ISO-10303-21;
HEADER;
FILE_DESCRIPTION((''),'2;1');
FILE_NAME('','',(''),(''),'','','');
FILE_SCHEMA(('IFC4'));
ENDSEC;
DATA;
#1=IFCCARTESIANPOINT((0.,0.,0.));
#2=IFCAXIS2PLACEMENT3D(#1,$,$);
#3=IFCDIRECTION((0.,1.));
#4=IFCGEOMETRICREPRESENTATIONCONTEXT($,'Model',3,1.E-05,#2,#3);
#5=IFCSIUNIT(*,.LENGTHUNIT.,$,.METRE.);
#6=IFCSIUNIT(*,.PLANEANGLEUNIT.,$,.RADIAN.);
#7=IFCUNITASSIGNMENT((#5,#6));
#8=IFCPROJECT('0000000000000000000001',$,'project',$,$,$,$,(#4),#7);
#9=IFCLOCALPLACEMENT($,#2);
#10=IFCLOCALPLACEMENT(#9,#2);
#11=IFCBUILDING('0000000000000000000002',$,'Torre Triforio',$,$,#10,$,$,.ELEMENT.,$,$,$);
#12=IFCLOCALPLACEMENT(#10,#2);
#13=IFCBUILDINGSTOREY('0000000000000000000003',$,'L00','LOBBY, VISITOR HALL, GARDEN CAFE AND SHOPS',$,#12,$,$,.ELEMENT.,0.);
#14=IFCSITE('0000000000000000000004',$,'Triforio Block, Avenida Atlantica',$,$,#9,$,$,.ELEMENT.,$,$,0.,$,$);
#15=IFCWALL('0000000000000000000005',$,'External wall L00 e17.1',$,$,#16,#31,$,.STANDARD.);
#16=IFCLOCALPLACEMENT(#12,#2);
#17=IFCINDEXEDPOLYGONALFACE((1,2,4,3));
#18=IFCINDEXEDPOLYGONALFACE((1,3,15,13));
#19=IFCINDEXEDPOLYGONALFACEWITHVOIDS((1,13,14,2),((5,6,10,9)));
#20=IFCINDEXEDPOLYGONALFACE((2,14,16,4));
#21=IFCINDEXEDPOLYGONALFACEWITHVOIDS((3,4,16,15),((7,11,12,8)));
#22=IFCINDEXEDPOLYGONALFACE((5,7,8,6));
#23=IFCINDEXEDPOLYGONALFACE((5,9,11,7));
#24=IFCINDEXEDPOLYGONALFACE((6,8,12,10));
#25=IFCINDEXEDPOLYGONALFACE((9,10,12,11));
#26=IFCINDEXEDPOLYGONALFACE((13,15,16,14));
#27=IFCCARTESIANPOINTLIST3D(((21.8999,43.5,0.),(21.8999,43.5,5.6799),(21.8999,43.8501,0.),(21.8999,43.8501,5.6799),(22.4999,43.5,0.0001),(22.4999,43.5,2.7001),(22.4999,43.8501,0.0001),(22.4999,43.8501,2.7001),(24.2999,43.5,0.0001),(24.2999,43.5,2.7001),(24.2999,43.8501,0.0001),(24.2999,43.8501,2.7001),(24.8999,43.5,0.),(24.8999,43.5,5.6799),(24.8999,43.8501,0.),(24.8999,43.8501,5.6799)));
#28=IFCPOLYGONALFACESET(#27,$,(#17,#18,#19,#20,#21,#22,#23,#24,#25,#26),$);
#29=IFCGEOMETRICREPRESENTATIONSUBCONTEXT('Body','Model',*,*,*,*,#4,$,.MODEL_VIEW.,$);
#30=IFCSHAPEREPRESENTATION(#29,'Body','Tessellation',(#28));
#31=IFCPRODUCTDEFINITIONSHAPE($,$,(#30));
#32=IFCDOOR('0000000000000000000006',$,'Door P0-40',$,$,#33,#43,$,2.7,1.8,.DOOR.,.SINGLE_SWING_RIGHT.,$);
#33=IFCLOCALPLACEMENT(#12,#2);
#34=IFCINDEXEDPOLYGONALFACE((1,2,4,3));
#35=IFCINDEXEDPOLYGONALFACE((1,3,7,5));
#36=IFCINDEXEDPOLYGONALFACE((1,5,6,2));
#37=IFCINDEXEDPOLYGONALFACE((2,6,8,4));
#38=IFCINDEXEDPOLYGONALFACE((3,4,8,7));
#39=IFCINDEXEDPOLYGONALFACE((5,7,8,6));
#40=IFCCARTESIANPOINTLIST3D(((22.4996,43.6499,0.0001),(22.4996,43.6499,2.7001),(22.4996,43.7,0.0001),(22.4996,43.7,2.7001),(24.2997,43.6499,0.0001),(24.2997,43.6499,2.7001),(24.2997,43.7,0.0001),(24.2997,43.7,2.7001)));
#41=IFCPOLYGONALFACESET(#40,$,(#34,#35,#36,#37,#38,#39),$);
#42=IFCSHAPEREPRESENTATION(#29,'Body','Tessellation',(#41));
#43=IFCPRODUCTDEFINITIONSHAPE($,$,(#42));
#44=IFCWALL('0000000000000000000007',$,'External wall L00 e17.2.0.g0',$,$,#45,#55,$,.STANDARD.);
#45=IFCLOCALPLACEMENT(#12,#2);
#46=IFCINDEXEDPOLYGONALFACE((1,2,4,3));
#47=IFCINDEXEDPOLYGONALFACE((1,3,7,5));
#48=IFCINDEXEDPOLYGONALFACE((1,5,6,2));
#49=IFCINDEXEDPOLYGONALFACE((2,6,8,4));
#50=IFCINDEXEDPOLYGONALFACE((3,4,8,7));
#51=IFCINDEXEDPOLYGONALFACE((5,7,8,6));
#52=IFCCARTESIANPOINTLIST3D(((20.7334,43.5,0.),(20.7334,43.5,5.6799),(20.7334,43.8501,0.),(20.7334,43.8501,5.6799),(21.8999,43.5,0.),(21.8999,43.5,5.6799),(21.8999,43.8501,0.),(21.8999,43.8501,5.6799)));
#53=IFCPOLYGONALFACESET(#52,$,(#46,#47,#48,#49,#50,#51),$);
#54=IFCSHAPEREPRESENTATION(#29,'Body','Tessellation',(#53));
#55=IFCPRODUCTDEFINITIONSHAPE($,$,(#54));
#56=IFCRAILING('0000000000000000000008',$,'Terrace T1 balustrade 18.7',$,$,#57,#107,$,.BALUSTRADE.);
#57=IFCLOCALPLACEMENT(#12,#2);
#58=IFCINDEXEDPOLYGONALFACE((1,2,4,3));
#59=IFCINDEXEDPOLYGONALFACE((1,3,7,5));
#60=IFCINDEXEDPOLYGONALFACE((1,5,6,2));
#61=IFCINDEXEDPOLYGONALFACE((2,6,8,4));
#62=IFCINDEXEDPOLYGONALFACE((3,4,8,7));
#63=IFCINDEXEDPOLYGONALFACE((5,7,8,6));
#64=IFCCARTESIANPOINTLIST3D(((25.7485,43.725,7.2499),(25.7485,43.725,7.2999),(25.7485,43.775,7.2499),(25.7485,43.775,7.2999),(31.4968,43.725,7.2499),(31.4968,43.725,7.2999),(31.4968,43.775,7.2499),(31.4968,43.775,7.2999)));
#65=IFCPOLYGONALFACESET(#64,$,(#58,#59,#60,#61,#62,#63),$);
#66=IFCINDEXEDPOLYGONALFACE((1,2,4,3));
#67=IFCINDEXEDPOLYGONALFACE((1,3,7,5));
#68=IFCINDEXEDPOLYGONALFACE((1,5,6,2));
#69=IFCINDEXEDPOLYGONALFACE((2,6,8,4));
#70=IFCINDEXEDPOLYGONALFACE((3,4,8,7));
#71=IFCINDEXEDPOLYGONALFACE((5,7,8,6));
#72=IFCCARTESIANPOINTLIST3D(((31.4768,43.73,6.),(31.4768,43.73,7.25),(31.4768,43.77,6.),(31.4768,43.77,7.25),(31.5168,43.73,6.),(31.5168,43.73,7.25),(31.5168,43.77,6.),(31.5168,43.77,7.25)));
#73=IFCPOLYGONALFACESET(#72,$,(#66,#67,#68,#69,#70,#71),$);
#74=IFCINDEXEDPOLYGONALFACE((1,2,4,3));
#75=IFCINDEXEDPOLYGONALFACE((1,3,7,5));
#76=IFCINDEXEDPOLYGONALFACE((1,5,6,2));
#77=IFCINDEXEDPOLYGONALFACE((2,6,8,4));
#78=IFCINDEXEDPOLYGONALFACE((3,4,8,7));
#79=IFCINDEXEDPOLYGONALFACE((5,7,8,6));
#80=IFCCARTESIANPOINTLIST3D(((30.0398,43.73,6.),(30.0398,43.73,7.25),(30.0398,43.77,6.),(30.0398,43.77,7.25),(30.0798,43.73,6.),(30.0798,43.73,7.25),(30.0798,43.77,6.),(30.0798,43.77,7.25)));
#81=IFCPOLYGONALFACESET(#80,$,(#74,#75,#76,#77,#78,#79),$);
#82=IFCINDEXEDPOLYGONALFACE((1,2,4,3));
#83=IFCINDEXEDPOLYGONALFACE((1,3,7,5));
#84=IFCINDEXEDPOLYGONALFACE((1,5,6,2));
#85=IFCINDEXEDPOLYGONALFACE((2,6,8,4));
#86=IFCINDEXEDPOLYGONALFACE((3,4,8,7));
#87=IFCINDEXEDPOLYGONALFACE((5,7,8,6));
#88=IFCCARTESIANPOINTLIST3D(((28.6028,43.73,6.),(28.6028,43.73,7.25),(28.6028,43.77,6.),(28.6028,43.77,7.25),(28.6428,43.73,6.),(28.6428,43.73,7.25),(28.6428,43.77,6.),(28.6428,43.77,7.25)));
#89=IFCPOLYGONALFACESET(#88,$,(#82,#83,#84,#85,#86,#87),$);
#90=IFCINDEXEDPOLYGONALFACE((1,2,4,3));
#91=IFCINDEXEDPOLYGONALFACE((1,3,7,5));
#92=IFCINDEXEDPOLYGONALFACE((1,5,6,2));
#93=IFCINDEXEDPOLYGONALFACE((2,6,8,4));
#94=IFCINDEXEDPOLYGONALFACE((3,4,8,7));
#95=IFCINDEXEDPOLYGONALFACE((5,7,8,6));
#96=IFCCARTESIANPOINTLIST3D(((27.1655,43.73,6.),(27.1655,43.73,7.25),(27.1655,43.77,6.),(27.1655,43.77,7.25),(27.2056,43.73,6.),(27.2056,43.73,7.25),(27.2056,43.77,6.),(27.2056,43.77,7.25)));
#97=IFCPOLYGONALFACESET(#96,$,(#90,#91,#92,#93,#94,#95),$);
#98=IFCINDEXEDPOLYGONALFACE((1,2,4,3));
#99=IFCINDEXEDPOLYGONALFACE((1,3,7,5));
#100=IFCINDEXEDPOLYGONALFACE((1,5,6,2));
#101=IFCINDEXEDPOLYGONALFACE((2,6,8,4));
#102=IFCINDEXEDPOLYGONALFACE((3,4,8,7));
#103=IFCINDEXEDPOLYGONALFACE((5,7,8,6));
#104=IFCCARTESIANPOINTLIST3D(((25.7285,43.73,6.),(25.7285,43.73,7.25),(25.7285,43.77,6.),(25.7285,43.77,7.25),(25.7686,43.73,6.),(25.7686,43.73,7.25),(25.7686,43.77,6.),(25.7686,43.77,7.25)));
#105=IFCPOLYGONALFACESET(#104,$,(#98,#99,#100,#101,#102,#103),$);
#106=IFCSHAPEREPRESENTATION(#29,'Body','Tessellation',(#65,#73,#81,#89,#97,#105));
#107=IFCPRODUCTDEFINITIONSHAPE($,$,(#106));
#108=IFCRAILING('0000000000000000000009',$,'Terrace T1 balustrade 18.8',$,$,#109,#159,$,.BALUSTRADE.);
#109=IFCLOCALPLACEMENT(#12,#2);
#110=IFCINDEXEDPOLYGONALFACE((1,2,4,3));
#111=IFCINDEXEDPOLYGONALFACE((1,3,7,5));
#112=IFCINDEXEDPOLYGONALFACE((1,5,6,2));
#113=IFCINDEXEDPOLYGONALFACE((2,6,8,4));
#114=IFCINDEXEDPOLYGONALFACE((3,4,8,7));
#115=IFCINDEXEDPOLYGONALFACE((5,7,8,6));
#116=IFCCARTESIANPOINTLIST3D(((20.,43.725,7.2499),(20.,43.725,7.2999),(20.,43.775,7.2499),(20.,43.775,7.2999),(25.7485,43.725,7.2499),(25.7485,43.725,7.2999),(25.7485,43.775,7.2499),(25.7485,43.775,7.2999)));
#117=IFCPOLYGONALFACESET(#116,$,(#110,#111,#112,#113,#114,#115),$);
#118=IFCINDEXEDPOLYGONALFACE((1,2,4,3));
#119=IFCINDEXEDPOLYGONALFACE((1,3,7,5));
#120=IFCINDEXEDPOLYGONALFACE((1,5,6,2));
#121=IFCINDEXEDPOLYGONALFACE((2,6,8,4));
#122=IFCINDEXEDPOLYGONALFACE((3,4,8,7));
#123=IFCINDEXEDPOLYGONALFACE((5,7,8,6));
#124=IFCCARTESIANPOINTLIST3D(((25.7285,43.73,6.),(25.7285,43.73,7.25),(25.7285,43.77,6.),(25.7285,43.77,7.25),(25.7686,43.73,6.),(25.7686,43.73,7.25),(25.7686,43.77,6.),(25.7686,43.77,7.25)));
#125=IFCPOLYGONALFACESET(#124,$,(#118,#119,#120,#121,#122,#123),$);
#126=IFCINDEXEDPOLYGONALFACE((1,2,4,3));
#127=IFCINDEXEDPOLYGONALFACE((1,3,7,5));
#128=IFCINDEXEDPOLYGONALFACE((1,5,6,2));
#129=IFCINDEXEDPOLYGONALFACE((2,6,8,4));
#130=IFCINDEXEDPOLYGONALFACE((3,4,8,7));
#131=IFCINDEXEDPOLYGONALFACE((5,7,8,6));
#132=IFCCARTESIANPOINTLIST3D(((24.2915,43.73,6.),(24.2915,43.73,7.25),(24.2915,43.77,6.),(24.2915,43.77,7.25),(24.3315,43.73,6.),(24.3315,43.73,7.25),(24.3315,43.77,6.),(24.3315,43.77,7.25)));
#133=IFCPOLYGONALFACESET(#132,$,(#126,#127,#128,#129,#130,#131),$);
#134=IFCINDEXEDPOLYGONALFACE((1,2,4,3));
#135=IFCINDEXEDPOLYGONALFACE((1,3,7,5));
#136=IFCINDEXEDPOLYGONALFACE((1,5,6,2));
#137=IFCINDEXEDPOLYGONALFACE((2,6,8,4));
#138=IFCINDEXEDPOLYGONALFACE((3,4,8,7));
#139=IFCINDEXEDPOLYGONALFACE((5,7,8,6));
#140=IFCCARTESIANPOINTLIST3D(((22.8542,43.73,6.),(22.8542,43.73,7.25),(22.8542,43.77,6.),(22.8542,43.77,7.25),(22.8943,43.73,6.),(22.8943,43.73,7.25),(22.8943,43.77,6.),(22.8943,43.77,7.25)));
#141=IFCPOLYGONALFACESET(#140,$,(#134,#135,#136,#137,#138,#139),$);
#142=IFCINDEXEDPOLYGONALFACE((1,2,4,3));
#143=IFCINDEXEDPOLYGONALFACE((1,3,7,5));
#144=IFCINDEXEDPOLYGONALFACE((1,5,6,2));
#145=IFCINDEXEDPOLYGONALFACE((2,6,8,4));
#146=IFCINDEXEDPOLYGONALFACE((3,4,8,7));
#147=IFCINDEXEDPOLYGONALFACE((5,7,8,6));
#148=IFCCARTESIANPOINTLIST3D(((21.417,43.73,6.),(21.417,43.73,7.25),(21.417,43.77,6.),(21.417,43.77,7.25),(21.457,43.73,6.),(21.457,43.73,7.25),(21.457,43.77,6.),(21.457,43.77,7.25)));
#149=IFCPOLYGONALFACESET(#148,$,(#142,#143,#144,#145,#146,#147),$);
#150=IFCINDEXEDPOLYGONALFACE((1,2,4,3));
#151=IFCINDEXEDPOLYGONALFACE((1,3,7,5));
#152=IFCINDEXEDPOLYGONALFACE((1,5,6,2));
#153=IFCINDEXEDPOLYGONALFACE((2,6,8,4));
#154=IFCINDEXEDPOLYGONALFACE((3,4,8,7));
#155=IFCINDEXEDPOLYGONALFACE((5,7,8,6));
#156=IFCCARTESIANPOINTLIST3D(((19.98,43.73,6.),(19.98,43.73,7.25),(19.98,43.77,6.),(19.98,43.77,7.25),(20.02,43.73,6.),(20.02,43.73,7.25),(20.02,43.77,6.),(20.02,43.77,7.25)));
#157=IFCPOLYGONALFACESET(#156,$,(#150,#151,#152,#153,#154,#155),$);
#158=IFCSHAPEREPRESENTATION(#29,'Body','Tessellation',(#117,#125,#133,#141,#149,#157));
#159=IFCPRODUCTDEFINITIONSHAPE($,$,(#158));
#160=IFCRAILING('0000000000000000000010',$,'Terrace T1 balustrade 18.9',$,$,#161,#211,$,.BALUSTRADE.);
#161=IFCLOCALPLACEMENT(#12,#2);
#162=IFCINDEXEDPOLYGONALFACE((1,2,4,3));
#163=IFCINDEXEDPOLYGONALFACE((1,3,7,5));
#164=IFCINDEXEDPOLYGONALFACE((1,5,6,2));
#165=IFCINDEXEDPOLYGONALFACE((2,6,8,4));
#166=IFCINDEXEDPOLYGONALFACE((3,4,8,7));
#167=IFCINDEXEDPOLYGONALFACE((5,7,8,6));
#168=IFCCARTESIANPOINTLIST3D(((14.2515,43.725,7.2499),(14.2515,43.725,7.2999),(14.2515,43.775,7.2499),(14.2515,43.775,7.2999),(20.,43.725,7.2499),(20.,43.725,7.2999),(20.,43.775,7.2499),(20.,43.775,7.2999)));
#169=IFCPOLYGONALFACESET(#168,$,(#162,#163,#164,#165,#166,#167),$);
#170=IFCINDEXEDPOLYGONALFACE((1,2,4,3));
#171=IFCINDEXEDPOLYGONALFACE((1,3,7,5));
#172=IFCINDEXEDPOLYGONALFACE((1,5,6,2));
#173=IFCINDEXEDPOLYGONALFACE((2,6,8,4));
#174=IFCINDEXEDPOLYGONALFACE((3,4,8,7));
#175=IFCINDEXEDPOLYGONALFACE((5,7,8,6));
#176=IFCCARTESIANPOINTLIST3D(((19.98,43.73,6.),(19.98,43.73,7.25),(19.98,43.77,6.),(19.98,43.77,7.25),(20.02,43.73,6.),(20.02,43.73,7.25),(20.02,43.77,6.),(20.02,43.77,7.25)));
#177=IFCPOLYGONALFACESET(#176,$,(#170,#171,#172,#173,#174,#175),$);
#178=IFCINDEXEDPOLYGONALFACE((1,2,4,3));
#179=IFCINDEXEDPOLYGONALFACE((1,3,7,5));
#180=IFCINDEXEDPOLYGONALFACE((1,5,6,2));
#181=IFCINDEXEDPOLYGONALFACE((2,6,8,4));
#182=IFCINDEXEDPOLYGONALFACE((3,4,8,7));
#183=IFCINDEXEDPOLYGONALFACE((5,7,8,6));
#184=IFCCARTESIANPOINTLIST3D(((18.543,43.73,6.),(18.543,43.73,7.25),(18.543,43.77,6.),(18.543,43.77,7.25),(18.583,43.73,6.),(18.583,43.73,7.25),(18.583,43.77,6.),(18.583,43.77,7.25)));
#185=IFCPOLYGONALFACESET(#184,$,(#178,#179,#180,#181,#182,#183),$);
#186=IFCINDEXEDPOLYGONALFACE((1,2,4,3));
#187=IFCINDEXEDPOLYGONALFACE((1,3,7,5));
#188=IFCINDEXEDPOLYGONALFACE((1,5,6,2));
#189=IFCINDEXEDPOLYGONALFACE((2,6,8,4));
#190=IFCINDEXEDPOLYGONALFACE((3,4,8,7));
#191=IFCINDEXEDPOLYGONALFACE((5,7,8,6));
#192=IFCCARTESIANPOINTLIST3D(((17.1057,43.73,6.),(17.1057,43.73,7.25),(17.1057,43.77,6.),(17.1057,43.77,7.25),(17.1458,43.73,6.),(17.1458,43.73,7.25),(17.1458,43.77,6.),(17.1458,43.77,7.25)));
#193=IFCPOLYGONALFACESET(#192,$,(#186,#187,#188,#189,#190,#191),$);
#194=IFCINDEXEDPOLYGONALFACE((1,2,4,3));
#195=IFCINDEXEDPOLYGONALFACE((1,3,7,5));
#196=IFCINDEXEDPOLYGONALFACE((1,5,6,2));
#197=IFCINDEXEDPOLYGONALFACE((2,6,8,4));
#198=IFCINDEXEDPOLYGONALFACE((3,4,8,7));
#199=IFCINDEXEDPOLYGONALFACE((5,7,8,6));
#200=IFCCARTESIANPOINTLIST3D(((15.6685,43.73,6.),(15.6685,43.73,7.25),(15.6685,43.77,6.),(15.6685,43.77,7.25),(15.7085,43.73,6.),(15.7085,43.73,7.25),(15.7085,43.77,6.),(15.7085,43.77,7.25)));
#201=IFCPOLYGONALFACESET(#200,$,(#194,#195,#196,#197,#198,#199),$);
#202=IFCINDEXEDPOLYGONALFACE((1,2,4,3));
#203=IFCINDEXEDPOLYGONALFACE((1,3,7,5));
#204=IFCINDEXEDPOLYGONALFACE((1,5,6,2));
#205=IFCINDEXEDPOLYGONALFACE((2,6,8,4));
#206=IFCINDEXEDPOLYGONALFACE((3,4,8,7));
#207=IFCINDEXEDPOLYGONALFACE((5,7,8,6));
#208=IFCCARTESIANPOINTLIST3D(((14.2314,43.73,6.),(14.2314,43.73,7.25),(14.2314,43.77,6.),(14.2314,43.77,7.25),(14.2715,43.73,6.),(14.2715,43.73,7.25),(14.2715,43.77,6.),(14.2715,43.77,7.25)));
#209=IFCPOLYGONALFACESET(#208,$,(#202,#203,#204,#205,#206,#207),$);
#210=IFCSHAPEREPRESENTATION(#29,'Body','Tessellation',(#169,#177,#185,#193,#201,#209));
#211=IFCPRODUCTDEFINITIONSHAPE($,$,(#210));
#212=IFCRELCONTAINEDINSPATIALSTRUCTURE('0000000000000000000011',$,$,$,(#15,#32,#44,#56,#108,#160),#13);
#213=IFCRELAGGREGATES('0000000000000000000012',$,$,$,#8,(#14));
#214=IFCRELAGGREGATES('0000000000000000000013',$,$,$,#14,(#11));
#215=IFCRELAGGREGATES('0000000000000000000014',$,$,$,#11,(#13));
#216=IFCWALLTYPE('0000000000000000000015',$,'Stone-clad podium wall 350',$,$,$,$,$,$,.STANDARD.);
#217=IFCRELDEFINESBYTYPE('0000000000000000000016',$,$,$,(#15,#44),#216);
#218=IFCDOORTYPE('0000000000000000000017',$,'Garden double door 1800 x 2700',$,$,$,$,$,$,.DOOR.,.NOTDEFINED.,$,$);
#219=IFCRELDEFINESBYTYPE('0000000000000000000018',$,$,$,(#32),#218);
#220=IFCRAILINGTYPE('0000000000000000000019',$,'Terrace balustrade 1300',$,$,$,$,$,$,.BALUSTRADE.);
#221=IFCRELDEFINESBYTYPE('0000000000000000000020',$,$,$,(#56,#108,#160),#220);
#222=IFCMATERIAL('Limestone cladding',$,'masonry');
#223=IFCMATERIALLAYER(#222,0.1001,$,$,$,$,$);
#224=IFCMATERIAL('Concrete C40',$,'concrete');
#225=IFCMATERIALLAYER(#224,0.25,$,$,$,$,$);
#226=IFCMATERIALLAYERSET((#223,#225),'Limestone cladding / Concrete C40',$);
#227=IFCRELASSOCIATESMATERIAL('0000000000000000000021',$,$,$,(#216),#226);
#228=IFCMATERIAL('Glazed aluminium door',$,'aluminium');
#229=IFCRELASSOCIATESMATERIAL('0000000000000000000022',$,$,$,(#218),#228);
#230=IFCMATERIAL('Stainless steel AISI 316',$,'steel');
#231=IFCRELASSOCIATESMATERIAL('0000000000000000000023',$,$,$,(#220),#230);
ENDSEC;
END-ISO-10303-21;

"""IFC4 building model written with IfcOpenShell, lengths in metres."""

from ifc_helpers import new_model, si_unit, direction, frame, frame_2d, origin, origin_2d, place, context, subcontext, project, spatial, rectangle, extrude, material, layer, layer_set, type_object, element, fill, save


model = new_model("IFC4")

# Units and contexts
model_context = context("Model", 3, precision=1e-05, world=origin(), true_north=direction((0.0, 1.0)))
body_context = subcontext(model_context, "Body", "Model", "MODEL_VIEW")
ifc_project = project(units=[si_unit("LENGTHUNIT", "METRE"), si_unit("PLANEANGLEUNIT", "RADIAN")], contexts=[model_context])

# Site, building, storey
site_placement = place(None, origin())
site = spatial("IfcSite", under=ifc_project, at=site_placement, Name="Triforio Block, Avenida Atlantica", CompositionType="ELEMENT", RefElevation=0.0)
building_placement = place(site_placement, origin())
building = spatial("IfcBuilding", under=site, at=building_placement, Name="Torre Triforio", CompositionType="ELEMENT")
storey_placement = place(building_placement, origin())
storey = spatial("IfcBuildingStorey", under=building, at=storey_placement, Name="L00", Description="LOBBY, VISITOR HALL, GARDEN CAFE AND SHOPS", CompositionType="ELEMENT", Elevation=0.0)

# Shared definitions
ifc_material_1 = material(Name="Limestone cladding", Category="masonry")
ifc_layer_1 = layer(ifc_material_1, 0.1001)
ifc_material_2 = material(Name="Concrete C40", Category="concrete")
ifc_layer_2 = layer(ifc_material_2, 0.25)
ifc_layer_set_1 = layer_set([ifc_layer_1, ifc_layer_2], Name="Limestone cladding / Concrete C40")
wall_type = type_object("IfcWallType", Name="Stone-clad podium wall 350", PredefinedType="STANDARD", material=ifc_layer_set_1)

# Wall, opening, door
wall_1_placement = place(storey_placement, frame((24.8999, 43.675, 0.0), z_axis=(0.0, 0.0, 1.0), x_axis=(-1.0, 0.0, 0.0)))
wall_1 = element("IfcWall", 1, at=wall_1_placement, inside=storey, type_object=wall_type, Name="External wall L00 e17.1", PredefinedType="STANDARD", context=body_context, shape_type="SweptSolid", body=[
    extrude(rectangle(XDim=3.0, YDim=0.3501, at=frame_2d((1.5, 0.0))), origin(), (0.0, 0.0, 1.0), 5.6799),
])
opening_placement = place(wall_1_placement, frame((0.6001, 0.0, 0.0)))
opening = element("IfcOpeningElement", 2, at=opening_placement, cuts=wall_1, PredefinedType="OPENING", context=body_context, shape_type="SweptSolid", body=[
    extrude(rectangle(XDim=1.8, YDim=2.7, at=frame_2d((0.8999, 1.3501))), frame((0.0, 0.1851, 0.0), z_axis=(0.0, -1.0, 0.0), x_axis=(1.0, 0.0, 0.0)), (0.0, 0.0, 1.0), 0.3701),
])
ifc_material_3 = material(Name="Glazed aluminium door", Category="aluminium")
door_type = type_object("IfcDoorType", Name="Garden double door 1800 x 2700", OperationType="NOTDEFINED", PredefinedType="DOOR", material=ifc_material_3)
door_placement = place(opening_placement, frame((1.8, 0.0, 0.0), z_axis=(0.0, 0.0, 1.0), x_axis=(-1.0, 0.0, 0.0)))
door = element("IfcDoor", 3, at=door_placement, inside=storey, type_object=door_type, Name="Door P0-40", OperationType="SINGLE_SWING_RIGHT", OverallHeight=2.7, OverallWidth=1.8, PredefinedType="DOOR", context=body_context, shape_type="SweptSolid", body=[
    extrude(rectangle(XDim=1.8, YDim=2.7, at=frame_2d((0.8999, 1.3501))), frame((0.0, 0.0249, 0.0), z_axis=(0.0, -1.0, 0.0), x_axis=(1.0, 0.0, 0.0)), (0.0, 0.0, 1.0), 0.05),
])
fill(opening, door)

# Wall
wall_2_placement = place(storey_placement, frame((21.8999, 43.675, 0.0), z_axis=(0.0, 0.0, 1.0), x_axis=(-1.0, 0.0, 0.0)))
element("IfcWall", 4, at=wall_2_placement, inside=storey, type_object=wall_type, Name="External wall L00 e17.2.0.g0", PredefinedType="STANDARD", context=body_context, shape_type="SweptSolid", body=[
    extrude(rectangle(XDim=1.1665, YDim=0.3501, at=frame_2d((0.5833, 0.0))), origin(), (0.0, 0.0, 1.0), 5.6799),
])

# Railings
ifc_material_4 = material(Name="Stainless steel AISI 316", Category="steel")
railing_type = type_object("IfcRailingType", Name="Terrace balustrade 1300", PredefinedType="BALUSTRADE", material=ifc_material_4)
railing_placement = place(storey_placement, frame((31.4968, 43.75, 6.0)))
element("IfcRailing", 5, at=railing_placement, inside=storey, type_object=railing_type, Name="Terrace T1 balustrade 18.7", PredefinedType="BALUSTRADE", context=body_context, shape_type="SweptSolid", body=[
    extrude(rectangle(XDim=0.05, YDim=0.05, at=origin_2d()), frame((0.0, 0.0, 1.2749), z_axis=(-1.0, 0.0, 0.0), x_axis=(0.0, -1.0, 0.0)), (0.0, 0.0, 1.0), 5.7483),
    extrude(rectangle(XDim=0.04, YDim=0.04, at=origin_2d()), origin(), (0.0, 0.0, 1.0), 1.25),
    extrude(rectangle(XDim=0.04, YDim=0.04, at=origin_2d()), frame((-1.437, 0.0, 0.0)), (0.0, 0.0, 1.0), 1.25),
    extrude(rectangle(XDim=0.04, YDim=0.04, at=origin_2d()), frame((-2.874, 0.0, 0.0)), (0.0, 0.0, 1.0), 1.25),
    extrude(rectangle(XDim=0.04, YDim=0.04, at=origin_2d()), frame((-4.3113, 0.0, 0.0)), (0.0, 0.0, 1.0), 1.25),
    extrude(rectangle(XDim=0.04, YDim=0.04, at=origin_2d()), frame((-5.7483, 0.0, 0.0)), (0.0, 0.0, 1.0), 1.25),
])
for number, where, name in (
    (6, (25.7485, 43.75, 6.0), "Terrace T1 balustrade 18.8"),
    (7, (20.0, 43.75, 6.0), "Terrace T1 balustrade 18.9"),
):
    element("IfcRailing", number, at=place(storey_placement, frame(where)), inside=storey, type_object=railing_type, Name=name, PredefinedType="BALUSTRADE", context=body_context, shape_type="SweptSolid", body=[
        extrude(rectangle(XDim=0.05, YDim=0.05, at=origin_2d()), frame((0.0, 0.0, 1.2749), z_axis=(-1.0, 0.0, 0.0), x_axis=(0.0, -1.0, 0.0)), (0.0, 0.0, 1.0), 5.7485),
        extrude(rectangle(XDim=0.04, YDim=0.04, at=origin_2d()), origin(), (0.0, 0.0, 1.0), 1.25),
        extrude(rectangle(XDim=0.04, YDim=0.04, at=origin_2d()), frame((-1.437, 0.0, 0.0)), (0.0, 0.0, 1.0), 1.25),
        extrude(rectangle(XDim=0.04, YDim=0.04, at=origin_2d()), frame((-2.8743, 0.0, 0.0)), (0.0, 0.0, 1.0), 1.25),
        extrude(rectangle(XDim=0.04, YDim=0.04, at=origin_2d()), frame((-4.3115, 0.0, 0.0)), (0.0, 0.0, 1.0), 1.25),
        extrude(rectangle(XDim=0.04, YDim=0.04, at=origin_2d()), frame((-5.7485, 0.0, 0.0)), (0.0, 0.0, 1.0), 1.25),
    ])

save(model, "model.ifc")
